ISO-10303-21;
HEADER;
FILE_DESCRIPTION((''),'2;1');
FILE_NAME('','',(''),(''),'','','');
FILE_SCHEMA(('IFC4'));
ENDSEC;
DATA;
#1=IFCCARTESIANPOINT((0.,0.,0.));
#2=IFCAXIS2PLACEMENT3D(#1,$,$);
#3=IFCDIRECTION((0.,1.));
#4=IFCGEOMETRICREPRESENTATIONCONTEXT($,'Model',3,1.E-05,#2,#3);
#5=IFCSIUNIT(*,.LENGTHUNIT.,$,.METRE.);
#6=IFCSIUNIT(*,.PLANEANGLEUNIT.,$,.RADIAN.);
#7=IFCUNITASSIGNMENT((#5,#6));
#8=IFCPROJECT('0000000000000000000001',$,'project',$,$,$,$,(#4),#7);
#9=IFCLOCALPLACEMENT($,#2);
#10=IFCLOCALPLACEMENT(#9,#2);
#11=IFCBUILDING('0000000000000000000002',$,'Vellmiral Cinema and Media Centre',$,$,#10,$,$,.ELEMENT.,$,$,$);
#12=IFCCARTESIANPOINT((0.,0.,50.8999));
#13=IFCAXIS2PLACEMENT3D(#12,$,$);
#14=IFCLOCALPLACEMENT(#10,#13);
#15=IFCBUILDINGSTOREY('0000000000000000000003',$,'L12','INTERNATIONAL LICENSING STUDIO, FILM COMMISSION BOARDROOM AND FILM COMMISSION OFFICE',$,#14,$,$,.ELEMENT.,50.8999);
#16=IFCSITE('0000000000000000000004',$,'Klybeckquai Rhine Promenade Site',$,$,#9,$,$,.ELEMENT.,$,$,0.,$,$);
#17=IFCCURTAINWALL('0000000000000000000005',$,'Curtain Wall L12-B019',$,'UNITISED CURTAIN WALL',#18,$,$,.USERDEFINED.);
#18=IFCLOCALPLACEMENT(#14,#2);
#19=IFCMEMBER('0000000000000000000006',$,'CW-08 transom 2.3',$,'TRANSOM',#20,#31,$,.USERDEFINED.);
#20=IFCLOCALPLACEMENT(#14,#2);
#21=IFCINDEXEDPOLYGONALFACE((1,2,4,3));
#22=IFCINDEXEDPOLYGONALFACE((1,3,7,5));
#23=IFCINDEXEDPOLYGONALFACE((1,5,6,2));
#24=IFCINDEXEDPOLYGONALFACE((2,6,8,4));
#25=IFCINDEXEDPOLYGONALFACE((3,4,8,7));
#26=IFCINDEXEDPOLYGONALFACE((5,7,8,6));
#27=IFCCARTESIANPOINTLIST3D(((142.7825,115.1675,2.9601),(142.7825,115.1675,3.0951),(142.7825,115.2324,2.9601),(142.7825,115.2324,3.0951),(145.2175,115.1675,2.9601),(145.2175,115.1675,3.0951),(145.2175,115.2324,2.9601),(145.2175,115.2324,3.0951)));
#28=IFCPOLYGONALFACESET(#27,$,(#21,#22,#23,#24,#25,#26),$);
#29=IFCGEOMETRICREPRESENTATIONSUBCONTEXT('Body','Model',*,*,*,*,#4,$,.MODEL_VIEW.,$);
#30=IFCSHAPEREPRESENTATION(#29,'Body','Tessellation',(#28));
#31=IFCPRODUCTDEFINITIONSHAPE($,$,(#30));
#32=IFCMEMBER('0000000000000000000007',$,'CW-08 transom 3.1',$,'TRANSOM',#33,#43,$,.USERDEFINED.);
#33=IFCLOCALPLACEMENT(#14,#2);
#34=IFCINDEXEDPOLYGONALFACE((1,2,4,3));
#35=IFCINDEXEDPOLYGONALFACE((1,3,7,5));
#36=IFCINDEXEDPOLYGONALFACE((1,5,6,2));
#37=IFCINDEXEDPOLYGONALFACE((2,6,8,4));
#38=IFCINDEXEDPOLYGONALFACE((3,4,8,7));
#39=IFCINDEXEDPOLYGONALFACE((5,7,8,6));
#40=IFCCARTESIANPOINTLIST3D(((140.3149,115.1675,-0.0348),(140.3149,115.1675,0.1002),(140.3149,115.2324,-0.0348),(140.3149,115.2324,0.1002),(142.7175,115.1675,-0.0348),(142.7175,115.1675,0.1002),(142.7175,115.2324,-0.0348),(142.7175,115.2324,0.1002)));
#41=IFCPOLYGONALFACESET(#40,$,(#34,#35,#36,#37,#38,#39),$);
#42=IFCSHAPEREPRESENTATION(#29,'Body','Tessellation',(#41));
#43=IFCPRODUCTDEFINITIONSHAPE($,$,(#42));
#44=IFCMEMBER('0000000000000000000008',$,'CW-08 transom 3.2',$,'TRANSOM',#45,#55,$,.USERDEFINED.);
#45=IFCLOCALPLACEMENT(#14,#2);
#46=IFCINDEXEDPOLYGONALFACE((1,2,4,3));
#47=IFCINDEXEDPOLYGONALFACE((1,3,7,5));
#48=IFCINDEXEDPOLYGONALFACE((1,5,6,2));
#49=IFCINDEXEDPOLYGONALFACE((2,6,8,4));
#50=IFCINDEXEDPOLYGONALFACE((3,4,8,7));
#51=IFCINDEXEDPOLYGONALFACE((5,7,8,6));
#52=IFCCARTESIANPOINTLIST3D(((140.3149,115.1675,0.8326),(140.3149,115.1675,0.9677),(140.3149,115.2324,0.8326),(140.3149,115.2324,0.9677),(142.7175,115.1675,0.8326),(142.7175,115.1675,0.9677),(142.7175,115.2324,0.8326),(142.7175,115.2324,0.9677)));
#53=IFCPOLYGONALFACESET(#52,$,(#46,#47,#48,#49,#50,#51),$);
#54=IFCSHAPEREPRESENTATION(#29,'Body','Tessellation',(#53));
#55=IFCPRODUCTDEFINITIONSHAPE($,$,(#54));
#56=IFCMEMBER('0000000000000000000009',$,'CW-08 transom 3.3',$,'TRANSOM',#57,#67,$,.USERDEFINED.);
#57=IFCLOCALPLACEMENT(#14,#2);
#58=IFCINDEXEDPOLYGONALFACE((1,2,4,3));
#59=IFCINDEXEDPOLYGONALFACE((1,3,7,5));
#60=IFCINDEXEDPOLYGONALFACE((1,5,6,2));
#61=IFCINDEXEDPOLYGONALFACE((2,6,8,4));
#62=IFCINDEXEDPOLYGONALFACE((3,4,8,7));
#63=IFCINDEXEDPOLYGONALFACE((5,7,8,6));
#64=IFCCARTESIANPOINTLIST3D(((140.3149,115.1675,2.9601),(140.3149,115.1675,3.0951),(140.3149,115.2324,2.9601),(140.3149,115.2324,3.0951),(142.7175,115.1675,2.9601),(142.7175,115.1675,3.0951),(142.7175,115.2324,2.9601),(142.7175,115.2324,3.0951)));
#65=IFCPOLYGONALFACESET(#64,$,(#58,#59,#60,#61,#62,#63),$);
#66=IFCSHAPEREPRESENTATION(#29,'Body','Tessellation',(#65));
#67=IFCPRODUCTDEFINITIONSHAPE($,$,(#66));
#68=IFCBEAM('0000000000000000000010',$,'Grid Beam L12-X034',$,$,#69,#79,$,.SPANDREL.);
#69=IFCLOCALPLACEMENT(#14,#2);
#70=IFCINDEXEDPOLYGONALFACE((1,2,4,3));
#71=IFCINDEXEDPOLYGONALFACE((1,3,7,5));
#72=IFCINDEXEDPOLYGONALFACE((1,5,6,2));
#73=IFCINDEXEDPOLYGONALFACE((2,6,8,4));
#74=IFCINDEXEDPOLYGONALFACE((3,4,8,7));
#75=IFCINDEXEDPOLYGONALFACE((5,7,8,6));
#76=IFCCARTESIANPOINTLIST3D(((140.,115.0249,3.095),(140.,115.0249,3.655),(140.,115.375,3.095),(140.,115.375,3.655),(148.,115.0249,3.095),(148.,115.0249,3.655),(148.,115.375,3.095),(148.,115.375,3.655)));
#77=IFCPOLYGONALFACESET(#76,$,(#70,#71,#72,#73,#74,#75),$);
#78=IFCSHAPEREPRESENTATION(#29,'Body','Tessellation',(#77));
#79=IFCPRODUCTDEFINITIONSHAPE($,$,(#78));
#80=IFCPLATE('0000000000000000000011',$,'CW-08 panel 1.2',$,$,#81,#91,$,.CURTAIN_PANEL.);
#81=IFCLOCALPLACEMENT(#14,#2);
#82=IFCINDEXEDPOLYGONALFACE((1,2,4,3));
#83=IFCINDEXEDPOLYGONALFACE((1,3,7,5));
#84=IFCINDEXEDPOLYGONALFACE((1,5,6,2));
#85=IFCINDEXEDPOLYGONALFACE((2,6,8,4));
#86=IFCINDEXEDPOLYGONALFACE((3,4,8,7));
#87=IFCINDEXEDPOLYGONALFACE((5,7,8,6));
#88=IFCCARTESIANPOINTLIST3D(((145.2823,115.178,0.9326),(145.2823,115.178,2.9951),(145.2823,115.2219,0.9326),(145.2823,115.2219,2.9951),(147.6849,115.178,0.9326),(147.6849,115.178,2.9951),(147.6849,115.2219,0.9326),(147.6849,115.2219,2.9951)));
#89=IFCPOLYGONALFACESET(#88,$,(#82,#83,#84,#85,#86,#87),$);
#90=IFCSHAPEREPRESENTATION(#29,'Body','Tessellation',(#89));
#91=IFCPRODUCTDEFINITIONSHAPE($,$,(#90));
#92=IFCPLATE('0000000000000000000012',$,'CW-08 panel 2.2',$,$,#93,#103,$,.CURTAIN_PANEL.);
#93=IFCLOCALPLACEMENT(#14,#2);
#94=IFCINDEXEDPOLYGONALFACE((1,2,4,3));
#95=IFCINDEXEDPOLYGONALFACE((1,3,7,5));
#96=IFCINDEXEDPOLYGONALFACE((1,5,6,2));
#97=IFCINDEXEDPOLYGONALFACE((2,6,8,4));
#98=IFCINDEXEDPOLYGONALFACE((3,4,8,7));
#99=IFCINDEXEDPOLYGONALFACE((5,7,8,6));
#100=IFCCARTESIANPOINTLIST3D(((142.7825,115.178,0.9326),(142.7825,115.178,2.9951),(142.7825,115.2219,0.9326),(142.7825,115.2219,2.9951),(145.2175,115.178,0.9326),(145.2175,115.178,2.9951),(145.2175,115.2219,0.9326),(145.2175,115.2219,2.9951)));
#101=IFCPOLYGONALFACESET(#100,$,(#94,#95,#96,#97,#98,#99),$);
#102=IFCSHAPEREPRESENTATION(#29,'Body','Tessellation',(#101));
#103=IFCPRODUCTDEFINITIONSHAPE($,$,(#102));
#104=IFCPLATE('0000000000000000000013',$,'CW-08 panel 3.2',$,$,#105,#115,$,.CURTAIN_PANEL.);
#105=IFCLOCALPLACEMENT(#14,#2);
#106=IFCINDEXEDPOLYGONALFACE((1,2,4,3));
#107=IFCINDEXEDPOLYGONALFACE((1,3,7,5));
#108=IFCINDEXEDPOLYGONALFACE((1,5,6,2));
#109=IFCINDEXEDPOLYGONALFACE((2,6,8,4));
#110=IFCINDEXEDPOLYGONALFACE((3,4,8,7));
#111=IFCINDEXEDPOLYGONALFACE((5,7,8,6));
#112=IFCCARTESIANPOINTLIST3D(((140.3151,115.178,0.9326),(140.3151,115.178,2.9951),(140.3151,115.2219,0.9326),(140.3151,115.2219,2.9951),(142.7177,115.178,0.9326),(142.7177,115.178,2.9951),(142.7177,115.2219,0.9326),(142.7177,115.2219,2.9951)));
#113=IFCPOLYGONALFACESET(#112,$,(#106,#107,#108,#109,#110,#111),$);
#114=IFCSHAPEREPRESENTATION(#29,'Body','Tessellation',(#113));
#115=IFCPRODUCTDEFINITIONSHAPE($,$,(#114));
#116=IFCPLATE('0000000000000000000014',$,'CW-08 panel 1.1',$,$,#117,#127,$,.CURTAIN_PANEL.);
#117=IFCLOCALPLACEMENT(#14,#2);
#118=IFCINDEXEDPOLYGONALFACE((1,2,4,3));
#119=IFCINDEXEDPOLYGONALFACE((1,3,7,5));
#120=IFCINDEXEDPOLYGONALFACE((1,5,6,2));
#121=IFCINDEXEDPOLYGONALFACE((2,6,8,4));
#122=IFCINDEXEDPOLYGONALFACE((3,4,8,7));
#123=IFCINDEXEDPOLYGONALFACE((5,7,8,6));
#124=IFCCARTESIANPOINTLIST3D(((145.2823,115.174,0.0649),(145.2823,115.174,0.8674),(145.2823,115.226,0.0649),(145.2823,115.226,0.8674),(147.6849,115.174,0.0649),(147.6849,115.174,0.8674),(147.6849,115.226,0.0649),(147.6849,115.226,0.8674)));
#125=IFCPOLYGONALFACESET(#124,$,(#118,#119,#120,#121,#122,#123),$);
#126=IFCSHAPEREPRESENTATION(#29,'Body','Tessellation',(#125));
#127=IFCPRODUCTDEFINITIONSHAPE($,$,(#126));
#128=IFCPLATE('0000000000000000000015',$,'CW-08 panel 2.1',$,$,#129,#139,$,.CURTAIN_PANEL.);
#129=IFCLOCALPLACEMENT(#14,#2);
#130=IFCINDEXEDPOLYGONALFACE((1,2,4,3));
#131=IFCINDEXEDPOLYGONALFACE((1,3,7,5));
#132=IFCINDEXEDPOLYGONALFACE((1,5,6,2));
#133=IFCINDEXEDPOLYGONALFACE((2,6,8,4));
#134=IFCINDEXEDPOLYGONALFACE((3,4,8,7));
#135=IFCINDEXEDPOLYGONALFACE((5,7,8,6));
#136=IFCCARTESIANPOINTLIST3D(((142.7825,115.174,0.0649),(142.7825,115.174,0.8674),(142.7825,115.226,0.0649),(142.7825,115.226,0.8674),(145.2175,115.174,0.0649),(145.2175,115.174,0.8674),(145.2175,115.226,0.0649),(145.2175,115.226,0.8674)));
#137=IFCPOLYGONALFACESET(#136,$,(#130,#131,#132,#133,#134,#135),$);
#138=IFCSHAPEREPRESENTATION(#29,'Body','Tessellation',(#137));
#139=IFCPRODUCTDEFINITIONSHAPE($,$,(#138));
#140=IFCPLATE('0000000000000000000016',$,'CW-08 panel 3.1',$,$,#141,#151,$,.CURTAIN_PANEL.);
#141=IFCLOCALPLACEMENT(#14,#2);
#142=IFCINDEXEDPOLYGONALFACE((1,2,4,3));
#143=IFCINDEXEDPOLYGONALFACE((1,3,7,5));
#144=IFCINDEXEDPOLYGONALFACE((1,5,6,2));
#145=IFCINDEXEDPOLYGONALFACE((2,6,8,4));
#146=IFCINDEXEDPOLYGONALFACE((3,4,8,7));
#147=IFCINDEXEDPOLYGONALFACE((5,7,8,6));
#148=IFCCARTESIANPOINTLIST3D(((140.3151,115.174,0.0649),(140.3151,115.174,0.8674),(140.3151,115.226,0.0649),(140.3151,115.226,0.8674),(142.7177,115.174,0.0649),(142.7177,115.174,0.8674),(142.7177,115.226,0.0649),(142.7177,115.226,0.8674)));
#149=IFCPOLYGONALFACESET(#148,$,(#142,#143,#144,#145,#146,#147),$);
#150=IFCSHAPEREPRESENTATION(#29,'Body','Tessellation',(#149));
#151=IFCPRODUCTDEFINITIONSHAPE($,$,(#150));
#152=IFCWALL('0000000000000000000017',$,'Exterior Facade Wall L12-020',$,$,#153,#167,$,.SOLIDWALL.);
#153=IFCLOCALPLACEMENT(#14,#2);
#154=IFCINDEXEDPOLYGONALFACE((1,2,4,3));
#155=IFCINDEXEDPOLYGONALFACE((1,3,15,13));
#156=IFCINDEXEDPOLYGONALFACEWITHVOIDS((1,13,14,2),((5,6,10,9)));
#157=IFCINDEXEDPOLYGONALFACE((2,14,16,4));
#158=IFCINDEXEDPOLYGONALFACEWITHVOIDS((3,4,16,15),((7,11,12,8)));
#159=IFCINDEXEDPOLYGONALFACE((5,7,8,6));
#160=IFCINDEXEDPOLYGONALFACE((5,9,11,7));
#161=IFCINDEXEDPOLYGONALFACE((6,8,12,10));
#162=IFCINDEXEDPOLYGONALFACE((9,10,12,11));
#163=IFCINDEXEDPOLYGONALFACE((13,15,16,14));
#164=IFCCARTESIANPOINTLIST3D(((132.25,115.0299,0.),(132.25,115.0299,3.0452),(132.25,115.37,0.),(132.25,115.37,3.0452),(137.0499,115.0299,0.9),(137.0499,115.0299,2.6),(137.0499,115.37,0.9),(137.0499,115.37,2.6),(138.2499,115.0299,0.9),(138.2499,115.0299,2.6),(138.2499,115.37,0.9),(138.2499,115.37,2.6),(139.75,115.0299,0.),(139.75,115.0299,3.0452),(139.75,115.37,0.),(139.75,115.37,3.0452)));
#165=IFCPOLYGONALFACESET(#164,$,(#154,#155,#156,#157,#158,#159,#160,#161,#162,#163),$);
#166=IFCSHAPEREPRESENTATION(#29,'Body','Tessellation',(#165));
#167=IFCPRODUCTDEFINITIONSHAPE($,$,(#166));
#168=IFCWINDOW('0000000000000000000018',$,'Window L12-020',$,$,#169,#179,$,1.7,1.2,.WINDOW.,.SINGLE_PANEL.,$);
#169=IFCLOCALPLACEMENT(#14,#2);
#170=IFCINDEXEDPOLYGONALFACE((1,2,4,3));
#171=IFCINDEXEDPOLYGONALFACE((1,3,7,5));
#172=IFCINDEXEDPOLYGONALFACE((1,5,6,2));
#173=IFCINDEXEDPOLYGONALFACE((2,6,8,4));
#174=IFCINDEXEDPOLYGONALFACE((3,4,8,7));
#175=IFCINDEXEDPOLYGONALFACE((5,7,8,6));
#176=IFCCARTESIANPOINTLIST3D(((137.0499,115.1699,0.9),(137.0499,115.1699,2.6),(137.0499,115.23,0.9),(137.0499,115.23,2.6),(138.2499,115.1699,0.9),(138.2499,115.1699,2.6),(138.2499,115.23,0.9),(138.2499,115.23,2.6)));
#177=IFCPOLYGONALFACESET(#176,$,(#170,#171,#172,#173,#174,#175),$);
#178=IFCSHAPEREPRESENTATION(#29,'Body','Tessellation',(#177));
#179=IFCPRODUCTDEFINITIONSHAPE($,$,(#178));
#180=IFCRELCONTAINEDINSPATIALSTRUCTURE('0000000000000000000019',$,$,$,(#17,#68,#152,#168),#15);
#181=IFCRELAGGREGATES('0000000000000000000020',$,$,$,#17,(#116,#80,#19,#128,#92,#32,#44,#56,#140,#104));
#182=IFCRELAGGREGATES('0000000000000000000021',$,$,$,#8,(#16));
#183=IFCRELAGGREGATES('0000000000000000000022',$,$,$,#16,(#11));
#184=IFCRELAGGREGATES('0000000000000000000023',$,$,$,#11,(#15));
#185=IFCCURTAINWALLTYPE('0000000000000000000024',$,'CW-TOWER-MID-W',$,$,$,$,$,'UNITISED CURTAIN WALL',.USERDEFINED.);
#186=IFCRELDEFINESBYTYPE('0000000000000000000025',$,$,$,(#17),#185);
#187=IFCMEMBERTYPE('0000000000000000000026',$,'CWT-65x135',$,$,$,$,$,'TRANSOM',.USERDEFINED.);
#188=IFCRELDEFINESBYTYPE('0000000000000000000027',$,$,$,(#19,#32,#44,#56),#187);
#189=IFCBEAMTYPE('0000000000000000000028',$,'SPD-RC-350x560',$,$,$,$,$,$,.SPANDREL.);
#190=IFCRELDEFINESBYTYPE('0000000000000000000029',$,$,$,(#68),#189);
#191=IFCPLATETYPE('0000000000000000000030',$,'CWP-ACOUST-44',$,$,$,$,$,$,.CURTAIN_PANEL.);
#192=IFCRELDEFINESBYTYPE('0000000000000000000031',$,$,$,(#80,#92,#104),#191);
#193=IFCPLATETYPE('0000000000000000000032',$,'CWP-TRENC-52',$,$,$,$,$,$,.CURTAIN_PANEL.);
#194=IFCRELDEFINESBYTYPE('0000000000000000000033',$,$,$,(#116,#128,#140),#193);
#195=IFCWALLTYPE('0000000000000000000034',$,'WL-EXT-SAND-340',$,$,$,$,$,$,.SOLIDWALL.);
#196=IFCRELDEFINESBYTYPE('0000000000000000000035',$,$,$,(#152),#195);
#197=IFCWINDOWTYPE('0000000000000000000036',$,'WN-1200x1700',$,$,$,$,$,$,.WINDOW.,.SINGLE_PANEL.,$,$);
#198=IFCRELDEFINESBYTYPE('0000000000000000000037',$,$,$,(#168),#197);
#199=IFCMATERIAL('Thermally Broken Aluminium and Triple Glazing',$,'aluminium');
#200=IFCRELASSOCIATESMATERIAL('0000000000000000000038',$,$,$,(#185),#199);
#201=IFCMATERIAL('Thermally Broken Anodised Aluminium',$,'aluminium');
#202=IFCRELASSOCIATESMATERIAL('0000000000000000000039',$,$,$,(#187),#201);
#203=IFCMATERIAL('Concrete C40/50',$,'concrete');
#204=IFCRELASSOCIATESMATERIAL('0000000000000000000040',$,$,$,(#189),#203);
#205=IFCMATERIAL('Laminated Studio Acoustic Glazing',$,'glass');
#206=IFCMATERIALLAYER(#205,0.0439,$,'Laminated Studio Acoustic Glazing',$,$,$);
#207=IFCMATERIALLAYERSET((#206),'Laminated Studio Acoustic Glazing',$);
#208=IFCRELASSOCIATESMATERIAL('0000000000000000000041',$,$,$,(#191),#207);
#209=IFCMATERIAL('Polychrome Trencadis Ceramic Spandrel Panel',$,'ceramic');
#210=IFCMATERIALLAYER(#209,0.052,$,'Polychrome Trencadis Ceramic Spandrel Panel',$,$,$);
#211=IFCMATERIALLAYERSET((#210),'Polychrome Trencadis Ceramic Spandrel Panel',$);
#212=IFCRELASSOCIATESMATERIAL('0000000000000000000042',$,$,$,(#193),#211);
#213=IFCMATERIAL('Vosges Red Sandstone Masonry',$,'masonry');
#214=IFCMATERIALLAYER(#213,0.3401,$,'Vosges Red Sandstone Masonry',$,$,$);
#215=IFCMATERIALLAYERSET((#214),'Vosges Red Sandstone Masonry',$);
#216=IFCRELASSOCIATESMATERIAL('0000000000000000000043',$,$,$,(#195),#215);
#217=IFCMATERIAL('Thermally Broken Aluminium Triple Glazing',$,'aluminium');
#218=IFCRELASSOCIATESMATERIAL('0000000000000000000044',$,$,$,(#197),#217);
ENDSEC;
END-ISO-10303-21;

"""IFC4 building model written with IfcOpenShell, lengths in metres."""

from ifc_helpers import new_model, si_unit, direction, frame, frame_2d, origin, origin_2d, place, context, subcontext, project, spatial, rectangle, extrude, material, layer, layer_set, material_profile, profile_set, type_object, element, fill, aggregate, save


model = new_model("IFC4")

# Units and contexts
model_context = context("Model", 3, precision=1e-05, world=origin(), true_north=direction((0.0, 1.0)))
body_context = subcontext(model_context, "Body", "Model", "MODEL_VIEW")
ifc_project = project(units=[si_unit("LENGTHUNIT", "METRE"), si_unit("PLANEANGLEUNIT", "RADIAN")], contexts=[model_context])

# Site, building, storey
site_placement = place(None, origin())
site = spatial("IfcSite", under=ifc_project, at=site_placement, Name="Klybeckquai Rhine Promenade Site", CompositionType="ELEMENT", RefElevation=0.0)
building_placement = place(site_placement, origin())
building = spatial("IfcBuilding", under=site, at=building_placement, Name="Vellmiral Cinema and Media Centre", CompositionType="ELEMENT")
storey_placement = place(building_placement, frame((0.0, 0.0, 50.8999)))
storey = spatial("IfcBuildingStorey", under=building, at=storey_placement, Name="L12", Description="INTERNATIONAL LICENSING STUDIO, FILM COMMISSION BOARDROOM AND FILM COMMISSION OFFICE", CompositionType="ELEMENT", Elevation=50.8999)

# Curtain wall, members
ifc_material_1 = material(Name="Thermally Broken Aluminium and Triple Glazing", Category="aluminium")
curtain_wall_type = type_object("IfcCurtainWallType", Name="CW-TOWER-MID-W", ElementType="UNITISED CURTAIN WALL", PredefinedType="USERDEFINED", material=ifc_material_1)
curtain_wall_placement = place(storey_placement, origin())
curtain_wall = element("IfcCurtainWall", 1, at=curtain_wall_placement, inside=storey, type_object=curtain_wall_type, Name="Curtain Wall L12-B019", ObjectType="UNITISED CURTAIN WALL", PredefinedType="USERDEFINED")
ifc_material_2 = material(Name="Thermally Broken Anodised Aluminium", Category="aluminium")
ifc_material_profile_1 = material_profile(ifc_material_2, rectangle(XDim=0.0649, YDim=0.135, at=origin_2d()), Name="MULL 65x135")
ifc_profile_set_1 = profile_set([ifc_material_profile_1], Name="Thermally Broken Anodised Aluminium")
member_type_1 = type_object("IfcMemberType", Name="CWT-65x135", ElementType="TRANSOM", PredefinedType="USERDEFINED", material=ifc_profile_set_1)
member_1_placement = place(storey_placement, frame((145.2175, 115.2, 3.0276), z_axis=(-1.0, 0.0, 0.0), x_axis=(0.0, -1.0, 0.0)))
member_1 = element("IfcMember", 2, at=member_1_placement, type_object=member_type_1, Name="CW-08 transom 2.3", ObjectType="TRANSOM", PredefinedType="USERDEFINED", context=body_context, shape_type="SweptSolid", body=[
    extrude(rectangle(XDim=0.0649, YDim=0.135, at=origin_2d()), origin(), (0.0, 0.0, 1.0), 2.4351),
])
member_2_placement = place(storey_placement, frame((142.7175, 115.2, 0.0327), z_axis=(-1.0, 0.0, 0.0), x_axis=(0.0, -1.0, 0.0)))
member_2 = element("IfcMember", 3, at=member_2_placement, type_object=member_type_1, Name="CW-08 transom 3.1", ObjectType="TRANSOM", PredefinedType="USERDEFINED", context=body_context, shape_type="SweptSolid", body=[
    extrude(rectangle(XDim=0.0649, YDim=0.135, at=origin_2d()), origin(), (0.0, 0.0, 1.0), 2.4026),
])
member_3_placement = place(storey_placement, frame((142.7175, 115.2, 0.9001), z_axis=(-1.0, 0.0, 0.0), x_axis=(0.0, -1.0, 0.0)))
member_3 = element("IfcMember", 4, at=member_3_placement, type_object=member_type_1, Name="CW-08 transom 3.2", ObjectType="TRANSOM", PredefinedType="USERDEFINED", context=body_context, shape_type="SweptSolid", body=[
    extrude(rectangle(XDim=0.0649, YDim=0.135, at=origin_2d()), origin(), (0.0, 0.0, 1.0), 2.4026),
])
member_4_placement = place(storey_placement, frame((142.7175, 115.2, 3.0276), z_axis=(-1.0, 0.0, 0.0), x_axis=(0.0, -1.0, 0.0)))
member_4 = element("IfcMember", 5, at=member_4_placement, type_object=member_type_1, Name="CW-08 transom 3.3", ObjectType="TRANSOM", PredefinedType="USERDEFINED", context=body_context, shape_type="SweptSolid", body=[
    extrude(rectangle(XDim=0.0649, YDim=0.135, at=origin_2d()), origin(), (0.0, 0.0, 1.0), 2.4026),
])

# Beam
ifc_material_3 = material(Name="Concrete C40/50", Category="concrete")
ifc_material_profile_2 = material_profile(ifc_material_3, rectangle(XDim=0.3501, YDim=0.5601, at=origin_2d()), Name="RC 350x560")
ifc_profile_set_2 = profile_set([ifc_material_profile_2], Name="Concrete C40/50")
beam_type_1 = type_object("IfcBeamType", Name="SPD-RC-350x560", PredefinedType="SPANDREL", material=ifc_profile_set_2)
beam_1_placement = place(storey_placement, frame((140.0, 115.2, 3.375), z_axis=(1.0, 0.0, 0.0), x_axis=(0.0, 1.0, 0.0)))
element("IfcBeam", 6, at=beam_1_placement, inside=storey, type_object=beam_type_1, Name="Grid Beam L12-X034", PredefinedType="SPANDREL", context=body_context, shape_type="SweptSolid", body=[
    extrude(rectangle(XDim=0.3501, YDim=0.5601, at=origin_2d()), origin(), (0.0, 0.0, 1.0), 8.0),
])

# Plates
ifc_material_4 = material(Name="Laminated Studio Acoustic Glazing", Category="glass")
ifc_layer_1 = layer(ifc_material_4, 0.0439, Name="Laminated Studio Acoustic Glazing")
ifc_layer_set_1 = layer_set([ifc_layer_1], Name="Laminated Studio Acoustic Glazing")
plate_type_1 = type_object("IfcPlateType", Name="CWP-ACOUST-44", PredefinedType="CURTAIN_PANEL", material=ifc_layer_set_1)
plate_1_placement = place(storey_placement, frame((146.4836, 115.2, 0.9326), z_axis=(0.0, 0.0, 1.0), x_axis=(-1.0, 0.0, 0.0)))
plate_1 = element("IfcPlate", 7, at=plate_1_placement, type_object=plate_type_1, Name="CW-08 panel 1.2", PredefinedType="CURTAIN_PANEL", context=body_context, shape_type="SweptSolid", body=[
    extrude(rectangle(XDim=2.4026, YDim=0.0439, at=origin_2d()), origin(), (0.0, 0.0, 1.0), 2.0625),
])
plate_2_placement = place(storey_placement, frame((144.0, 115.2, 0.9326), z_axis=(0.0, 0.0, 1.0), x_axis=(-1.0, 0.0, 0.0)))
plate_2 = element("IfcPlate", 8, at=plate_2_placement, type_object=plate_type_1, Name="CW-08 panel 2.2", PredefinedType="CURTAIN_PANEL", context=body_context, shape_type="SweptSolid", body=[
    extrude(rectangle(XDim=2.4351, YDim=0.0439, at=origin_2d()), origin(), (0.0, 0.0, 1.0), 2.0625),
])
plate_3_placement = place(storey_placement, frame((141.5164, 115.2, 0.9326), z_axis=(0.0, 0.0, 1.0), x_axis=(-1.0, 0.0, 0.0)))
plate_3 = element("IfcPlate", 9, at=plate_3_placement, type_object=plate_type_1, Name="CW-08 panel 3.2", PredefinedType="CURTAIN_PANEL", context=body_context, shape_type="SweptSolid", body=[
    extrude(rectangle(XDim=2.4026, YDim=0.0439, at=origin_2d()), origin(), (0.0, 0.0, 1.0), 2.0625),
])
ifc_material_5 = material(Name="Polychrome Trencadis Ceramic Spandrel Panel", Category="ceramic")
ifc_layer_2 = layer(ifc_material_5, 0.052, Name="Polychrome Trencadis Ceramic Spandrel Panel")
ifc_layer_set_2 = layer_set([ifc_layer_2], Name="Polychrome Trencadis Ceramic Spandrel Panel")
plate_type_2 = type_object("IfcPlateType", Name="CWP-TRENC-52", PredefinedType="CURTAIN_PANEL", material=ifc_layer_set_2)
plate_4_placement = place(storey_placement, frame((146.4836, 115.2, 0.0649), z_axis=(0.0, 0.0, 1.0), x_axis=(-1.0, 0.0, 0.0)))
plate_4 = element("IfcPlate", 10, at=plate_4_placement, type_object=plate_type_2, Name="CW-08 panel 1.1", PredefinedType="CURTAIN_PANEL", context=body_context, shape_type="SweptSolid", body=[
    extrude(rectangle(XDim=2.4026, YDim=0.052, at=origin_2d()), origin(), (0.0, 0.0, 1.0), 0.8025),
])
plate_5_placement = place(storey_placement, frame((144.0, 115.2, 0.0649), z_axis=(0.0, 0.0, 1.0), x_axis=(-1.0, 0.0, 0.0)))
plate_5 = element("IfcPlate", 11, at=plate_5_placement, type_object=plate_type_2, Name="CW-08 panel 2.1", PredefinedType="CURTAIN_PANEL", context=body_context, shape_type="SweptSolid", body=[
    extrude(rectangle(XDim=2.4351, YDim=0.052, at=origin_2d()), origin(), (0.0, 0.0, 1.0), 0.8025),
])
plate_6_placement = place(storey_placement, frame((141.5164, 115.2, 0.0649), z_axis=(0.0, 0.0, 1.0), x_axis=(-1.0, 0.0, 0.0)))
plate_6 = element("IfcPlate", 12, at=plate_6_placement, type_object=plate_type_2, Name="CW-08 panel 3.1", PredefinedType="CURTAIN_PANEL", context=body_context, shape_type="SweptSolid", body=[
    extrude(rectangle(XDim=2.4026, YDim=0.052, at=origin_2d()), origin(), (0.0, 0.0, 1.0), 0.8025),
])
aggregate(curtain_wall, [plate_4, plate_1, member_1, plate_5, plate_2, member_2, member_3, member_4, plate_6, plate_3])

# Wall, opening, window
ifc_material_6 = material(Name="Vosges Red Sandstone Masonry", Category="masonry")
ifc_layer_3 = layer(ifc_material_6, 0.3401, Name="Vosges Red Sandstone Masonry")
ifc_layer_set_3 = layer_set([ifc_layer_3], Name="Vosges Red Sandstone Masonry")
wall_type = type_object("IfcWallType", Name="WL-EXT-SAND-340", PredefinedType="SOLIDWALL", material=ifc_layer_set_3)
wall_placement = place(storey_placement, frame((139.75, 115.2, 0.0), z_axis=(0.0, 0.0, 1.0), x_axis=(-1.0, 0.0, 0.0)))
wall = element("IfcWall", 13, at=wall_placement, inside=storey, type_object=wall_type, Name="Exterior Facade Wall L12-020", PredefinedType="SOLIDWALL", context=body_context, shape_type="SweptSolid", body=[
    extrude(rectangle(XDim=7.5, YDim=0.3401, at=frame_2d((3.75, 0.0))), origin(), (0.0, 0.0, 1.0), 3.0452),
])
opening_placement = place(wall_placement, frame((1.5, 0.0, 0.8999)))
opening = element("IfcOpeningElement", 14, at=opening_placement, cuts=wall, PredefinedType="OPENING", context=body_context, shape_type="SweptSolid", body=[
    extrude(rectangle(XDim=1.2, YDim=1.7, at=frame_2d((0.6001, 0.8501))), frame((0.0, 0.1821, 0.0), z_axis=(0.0, -1.0, 0.0), x_axis=(1.0, 0.0, 0.0)), (0.0, 0.0, 1.0), 0.364),
])
ifc_material_7 = material(Name="Thermally Broken Aluminium Triple Glazing", Category="aluminium")
window_type = type_object("IfcWindowType", Name="WN-1200x1700", PartitioningType="SINGLE_PANEL", PredefinedType="WINDOW", material=ifc_material_7)
window_placement = place(opening_placement, origin())
window = element("IfcWindow", 15, at=window_placement, inside=storey, type_object=window_type, Name="Window L12-020", OverallHeight=1.7, OverallWidth=1.2, PartitioningType="SINGLE_PANEL", PredefinedType="WINDOW", context=body_context, shape_type="SweptSolid", body=[
    extrude(rectangle(XDim=1.2, YDim=1.7, at=frame_2d((0.6001, 0.8501))), frame((0.0, 0.03, 0.0), z_axis=(0.0, -1.0, 0.0), x_axis=(1.0, 0.0, 0.0)), (0.0, 0.0, 1.0), 0.0601),
])
fill(opening, window)

save(model, "model.ifc")
